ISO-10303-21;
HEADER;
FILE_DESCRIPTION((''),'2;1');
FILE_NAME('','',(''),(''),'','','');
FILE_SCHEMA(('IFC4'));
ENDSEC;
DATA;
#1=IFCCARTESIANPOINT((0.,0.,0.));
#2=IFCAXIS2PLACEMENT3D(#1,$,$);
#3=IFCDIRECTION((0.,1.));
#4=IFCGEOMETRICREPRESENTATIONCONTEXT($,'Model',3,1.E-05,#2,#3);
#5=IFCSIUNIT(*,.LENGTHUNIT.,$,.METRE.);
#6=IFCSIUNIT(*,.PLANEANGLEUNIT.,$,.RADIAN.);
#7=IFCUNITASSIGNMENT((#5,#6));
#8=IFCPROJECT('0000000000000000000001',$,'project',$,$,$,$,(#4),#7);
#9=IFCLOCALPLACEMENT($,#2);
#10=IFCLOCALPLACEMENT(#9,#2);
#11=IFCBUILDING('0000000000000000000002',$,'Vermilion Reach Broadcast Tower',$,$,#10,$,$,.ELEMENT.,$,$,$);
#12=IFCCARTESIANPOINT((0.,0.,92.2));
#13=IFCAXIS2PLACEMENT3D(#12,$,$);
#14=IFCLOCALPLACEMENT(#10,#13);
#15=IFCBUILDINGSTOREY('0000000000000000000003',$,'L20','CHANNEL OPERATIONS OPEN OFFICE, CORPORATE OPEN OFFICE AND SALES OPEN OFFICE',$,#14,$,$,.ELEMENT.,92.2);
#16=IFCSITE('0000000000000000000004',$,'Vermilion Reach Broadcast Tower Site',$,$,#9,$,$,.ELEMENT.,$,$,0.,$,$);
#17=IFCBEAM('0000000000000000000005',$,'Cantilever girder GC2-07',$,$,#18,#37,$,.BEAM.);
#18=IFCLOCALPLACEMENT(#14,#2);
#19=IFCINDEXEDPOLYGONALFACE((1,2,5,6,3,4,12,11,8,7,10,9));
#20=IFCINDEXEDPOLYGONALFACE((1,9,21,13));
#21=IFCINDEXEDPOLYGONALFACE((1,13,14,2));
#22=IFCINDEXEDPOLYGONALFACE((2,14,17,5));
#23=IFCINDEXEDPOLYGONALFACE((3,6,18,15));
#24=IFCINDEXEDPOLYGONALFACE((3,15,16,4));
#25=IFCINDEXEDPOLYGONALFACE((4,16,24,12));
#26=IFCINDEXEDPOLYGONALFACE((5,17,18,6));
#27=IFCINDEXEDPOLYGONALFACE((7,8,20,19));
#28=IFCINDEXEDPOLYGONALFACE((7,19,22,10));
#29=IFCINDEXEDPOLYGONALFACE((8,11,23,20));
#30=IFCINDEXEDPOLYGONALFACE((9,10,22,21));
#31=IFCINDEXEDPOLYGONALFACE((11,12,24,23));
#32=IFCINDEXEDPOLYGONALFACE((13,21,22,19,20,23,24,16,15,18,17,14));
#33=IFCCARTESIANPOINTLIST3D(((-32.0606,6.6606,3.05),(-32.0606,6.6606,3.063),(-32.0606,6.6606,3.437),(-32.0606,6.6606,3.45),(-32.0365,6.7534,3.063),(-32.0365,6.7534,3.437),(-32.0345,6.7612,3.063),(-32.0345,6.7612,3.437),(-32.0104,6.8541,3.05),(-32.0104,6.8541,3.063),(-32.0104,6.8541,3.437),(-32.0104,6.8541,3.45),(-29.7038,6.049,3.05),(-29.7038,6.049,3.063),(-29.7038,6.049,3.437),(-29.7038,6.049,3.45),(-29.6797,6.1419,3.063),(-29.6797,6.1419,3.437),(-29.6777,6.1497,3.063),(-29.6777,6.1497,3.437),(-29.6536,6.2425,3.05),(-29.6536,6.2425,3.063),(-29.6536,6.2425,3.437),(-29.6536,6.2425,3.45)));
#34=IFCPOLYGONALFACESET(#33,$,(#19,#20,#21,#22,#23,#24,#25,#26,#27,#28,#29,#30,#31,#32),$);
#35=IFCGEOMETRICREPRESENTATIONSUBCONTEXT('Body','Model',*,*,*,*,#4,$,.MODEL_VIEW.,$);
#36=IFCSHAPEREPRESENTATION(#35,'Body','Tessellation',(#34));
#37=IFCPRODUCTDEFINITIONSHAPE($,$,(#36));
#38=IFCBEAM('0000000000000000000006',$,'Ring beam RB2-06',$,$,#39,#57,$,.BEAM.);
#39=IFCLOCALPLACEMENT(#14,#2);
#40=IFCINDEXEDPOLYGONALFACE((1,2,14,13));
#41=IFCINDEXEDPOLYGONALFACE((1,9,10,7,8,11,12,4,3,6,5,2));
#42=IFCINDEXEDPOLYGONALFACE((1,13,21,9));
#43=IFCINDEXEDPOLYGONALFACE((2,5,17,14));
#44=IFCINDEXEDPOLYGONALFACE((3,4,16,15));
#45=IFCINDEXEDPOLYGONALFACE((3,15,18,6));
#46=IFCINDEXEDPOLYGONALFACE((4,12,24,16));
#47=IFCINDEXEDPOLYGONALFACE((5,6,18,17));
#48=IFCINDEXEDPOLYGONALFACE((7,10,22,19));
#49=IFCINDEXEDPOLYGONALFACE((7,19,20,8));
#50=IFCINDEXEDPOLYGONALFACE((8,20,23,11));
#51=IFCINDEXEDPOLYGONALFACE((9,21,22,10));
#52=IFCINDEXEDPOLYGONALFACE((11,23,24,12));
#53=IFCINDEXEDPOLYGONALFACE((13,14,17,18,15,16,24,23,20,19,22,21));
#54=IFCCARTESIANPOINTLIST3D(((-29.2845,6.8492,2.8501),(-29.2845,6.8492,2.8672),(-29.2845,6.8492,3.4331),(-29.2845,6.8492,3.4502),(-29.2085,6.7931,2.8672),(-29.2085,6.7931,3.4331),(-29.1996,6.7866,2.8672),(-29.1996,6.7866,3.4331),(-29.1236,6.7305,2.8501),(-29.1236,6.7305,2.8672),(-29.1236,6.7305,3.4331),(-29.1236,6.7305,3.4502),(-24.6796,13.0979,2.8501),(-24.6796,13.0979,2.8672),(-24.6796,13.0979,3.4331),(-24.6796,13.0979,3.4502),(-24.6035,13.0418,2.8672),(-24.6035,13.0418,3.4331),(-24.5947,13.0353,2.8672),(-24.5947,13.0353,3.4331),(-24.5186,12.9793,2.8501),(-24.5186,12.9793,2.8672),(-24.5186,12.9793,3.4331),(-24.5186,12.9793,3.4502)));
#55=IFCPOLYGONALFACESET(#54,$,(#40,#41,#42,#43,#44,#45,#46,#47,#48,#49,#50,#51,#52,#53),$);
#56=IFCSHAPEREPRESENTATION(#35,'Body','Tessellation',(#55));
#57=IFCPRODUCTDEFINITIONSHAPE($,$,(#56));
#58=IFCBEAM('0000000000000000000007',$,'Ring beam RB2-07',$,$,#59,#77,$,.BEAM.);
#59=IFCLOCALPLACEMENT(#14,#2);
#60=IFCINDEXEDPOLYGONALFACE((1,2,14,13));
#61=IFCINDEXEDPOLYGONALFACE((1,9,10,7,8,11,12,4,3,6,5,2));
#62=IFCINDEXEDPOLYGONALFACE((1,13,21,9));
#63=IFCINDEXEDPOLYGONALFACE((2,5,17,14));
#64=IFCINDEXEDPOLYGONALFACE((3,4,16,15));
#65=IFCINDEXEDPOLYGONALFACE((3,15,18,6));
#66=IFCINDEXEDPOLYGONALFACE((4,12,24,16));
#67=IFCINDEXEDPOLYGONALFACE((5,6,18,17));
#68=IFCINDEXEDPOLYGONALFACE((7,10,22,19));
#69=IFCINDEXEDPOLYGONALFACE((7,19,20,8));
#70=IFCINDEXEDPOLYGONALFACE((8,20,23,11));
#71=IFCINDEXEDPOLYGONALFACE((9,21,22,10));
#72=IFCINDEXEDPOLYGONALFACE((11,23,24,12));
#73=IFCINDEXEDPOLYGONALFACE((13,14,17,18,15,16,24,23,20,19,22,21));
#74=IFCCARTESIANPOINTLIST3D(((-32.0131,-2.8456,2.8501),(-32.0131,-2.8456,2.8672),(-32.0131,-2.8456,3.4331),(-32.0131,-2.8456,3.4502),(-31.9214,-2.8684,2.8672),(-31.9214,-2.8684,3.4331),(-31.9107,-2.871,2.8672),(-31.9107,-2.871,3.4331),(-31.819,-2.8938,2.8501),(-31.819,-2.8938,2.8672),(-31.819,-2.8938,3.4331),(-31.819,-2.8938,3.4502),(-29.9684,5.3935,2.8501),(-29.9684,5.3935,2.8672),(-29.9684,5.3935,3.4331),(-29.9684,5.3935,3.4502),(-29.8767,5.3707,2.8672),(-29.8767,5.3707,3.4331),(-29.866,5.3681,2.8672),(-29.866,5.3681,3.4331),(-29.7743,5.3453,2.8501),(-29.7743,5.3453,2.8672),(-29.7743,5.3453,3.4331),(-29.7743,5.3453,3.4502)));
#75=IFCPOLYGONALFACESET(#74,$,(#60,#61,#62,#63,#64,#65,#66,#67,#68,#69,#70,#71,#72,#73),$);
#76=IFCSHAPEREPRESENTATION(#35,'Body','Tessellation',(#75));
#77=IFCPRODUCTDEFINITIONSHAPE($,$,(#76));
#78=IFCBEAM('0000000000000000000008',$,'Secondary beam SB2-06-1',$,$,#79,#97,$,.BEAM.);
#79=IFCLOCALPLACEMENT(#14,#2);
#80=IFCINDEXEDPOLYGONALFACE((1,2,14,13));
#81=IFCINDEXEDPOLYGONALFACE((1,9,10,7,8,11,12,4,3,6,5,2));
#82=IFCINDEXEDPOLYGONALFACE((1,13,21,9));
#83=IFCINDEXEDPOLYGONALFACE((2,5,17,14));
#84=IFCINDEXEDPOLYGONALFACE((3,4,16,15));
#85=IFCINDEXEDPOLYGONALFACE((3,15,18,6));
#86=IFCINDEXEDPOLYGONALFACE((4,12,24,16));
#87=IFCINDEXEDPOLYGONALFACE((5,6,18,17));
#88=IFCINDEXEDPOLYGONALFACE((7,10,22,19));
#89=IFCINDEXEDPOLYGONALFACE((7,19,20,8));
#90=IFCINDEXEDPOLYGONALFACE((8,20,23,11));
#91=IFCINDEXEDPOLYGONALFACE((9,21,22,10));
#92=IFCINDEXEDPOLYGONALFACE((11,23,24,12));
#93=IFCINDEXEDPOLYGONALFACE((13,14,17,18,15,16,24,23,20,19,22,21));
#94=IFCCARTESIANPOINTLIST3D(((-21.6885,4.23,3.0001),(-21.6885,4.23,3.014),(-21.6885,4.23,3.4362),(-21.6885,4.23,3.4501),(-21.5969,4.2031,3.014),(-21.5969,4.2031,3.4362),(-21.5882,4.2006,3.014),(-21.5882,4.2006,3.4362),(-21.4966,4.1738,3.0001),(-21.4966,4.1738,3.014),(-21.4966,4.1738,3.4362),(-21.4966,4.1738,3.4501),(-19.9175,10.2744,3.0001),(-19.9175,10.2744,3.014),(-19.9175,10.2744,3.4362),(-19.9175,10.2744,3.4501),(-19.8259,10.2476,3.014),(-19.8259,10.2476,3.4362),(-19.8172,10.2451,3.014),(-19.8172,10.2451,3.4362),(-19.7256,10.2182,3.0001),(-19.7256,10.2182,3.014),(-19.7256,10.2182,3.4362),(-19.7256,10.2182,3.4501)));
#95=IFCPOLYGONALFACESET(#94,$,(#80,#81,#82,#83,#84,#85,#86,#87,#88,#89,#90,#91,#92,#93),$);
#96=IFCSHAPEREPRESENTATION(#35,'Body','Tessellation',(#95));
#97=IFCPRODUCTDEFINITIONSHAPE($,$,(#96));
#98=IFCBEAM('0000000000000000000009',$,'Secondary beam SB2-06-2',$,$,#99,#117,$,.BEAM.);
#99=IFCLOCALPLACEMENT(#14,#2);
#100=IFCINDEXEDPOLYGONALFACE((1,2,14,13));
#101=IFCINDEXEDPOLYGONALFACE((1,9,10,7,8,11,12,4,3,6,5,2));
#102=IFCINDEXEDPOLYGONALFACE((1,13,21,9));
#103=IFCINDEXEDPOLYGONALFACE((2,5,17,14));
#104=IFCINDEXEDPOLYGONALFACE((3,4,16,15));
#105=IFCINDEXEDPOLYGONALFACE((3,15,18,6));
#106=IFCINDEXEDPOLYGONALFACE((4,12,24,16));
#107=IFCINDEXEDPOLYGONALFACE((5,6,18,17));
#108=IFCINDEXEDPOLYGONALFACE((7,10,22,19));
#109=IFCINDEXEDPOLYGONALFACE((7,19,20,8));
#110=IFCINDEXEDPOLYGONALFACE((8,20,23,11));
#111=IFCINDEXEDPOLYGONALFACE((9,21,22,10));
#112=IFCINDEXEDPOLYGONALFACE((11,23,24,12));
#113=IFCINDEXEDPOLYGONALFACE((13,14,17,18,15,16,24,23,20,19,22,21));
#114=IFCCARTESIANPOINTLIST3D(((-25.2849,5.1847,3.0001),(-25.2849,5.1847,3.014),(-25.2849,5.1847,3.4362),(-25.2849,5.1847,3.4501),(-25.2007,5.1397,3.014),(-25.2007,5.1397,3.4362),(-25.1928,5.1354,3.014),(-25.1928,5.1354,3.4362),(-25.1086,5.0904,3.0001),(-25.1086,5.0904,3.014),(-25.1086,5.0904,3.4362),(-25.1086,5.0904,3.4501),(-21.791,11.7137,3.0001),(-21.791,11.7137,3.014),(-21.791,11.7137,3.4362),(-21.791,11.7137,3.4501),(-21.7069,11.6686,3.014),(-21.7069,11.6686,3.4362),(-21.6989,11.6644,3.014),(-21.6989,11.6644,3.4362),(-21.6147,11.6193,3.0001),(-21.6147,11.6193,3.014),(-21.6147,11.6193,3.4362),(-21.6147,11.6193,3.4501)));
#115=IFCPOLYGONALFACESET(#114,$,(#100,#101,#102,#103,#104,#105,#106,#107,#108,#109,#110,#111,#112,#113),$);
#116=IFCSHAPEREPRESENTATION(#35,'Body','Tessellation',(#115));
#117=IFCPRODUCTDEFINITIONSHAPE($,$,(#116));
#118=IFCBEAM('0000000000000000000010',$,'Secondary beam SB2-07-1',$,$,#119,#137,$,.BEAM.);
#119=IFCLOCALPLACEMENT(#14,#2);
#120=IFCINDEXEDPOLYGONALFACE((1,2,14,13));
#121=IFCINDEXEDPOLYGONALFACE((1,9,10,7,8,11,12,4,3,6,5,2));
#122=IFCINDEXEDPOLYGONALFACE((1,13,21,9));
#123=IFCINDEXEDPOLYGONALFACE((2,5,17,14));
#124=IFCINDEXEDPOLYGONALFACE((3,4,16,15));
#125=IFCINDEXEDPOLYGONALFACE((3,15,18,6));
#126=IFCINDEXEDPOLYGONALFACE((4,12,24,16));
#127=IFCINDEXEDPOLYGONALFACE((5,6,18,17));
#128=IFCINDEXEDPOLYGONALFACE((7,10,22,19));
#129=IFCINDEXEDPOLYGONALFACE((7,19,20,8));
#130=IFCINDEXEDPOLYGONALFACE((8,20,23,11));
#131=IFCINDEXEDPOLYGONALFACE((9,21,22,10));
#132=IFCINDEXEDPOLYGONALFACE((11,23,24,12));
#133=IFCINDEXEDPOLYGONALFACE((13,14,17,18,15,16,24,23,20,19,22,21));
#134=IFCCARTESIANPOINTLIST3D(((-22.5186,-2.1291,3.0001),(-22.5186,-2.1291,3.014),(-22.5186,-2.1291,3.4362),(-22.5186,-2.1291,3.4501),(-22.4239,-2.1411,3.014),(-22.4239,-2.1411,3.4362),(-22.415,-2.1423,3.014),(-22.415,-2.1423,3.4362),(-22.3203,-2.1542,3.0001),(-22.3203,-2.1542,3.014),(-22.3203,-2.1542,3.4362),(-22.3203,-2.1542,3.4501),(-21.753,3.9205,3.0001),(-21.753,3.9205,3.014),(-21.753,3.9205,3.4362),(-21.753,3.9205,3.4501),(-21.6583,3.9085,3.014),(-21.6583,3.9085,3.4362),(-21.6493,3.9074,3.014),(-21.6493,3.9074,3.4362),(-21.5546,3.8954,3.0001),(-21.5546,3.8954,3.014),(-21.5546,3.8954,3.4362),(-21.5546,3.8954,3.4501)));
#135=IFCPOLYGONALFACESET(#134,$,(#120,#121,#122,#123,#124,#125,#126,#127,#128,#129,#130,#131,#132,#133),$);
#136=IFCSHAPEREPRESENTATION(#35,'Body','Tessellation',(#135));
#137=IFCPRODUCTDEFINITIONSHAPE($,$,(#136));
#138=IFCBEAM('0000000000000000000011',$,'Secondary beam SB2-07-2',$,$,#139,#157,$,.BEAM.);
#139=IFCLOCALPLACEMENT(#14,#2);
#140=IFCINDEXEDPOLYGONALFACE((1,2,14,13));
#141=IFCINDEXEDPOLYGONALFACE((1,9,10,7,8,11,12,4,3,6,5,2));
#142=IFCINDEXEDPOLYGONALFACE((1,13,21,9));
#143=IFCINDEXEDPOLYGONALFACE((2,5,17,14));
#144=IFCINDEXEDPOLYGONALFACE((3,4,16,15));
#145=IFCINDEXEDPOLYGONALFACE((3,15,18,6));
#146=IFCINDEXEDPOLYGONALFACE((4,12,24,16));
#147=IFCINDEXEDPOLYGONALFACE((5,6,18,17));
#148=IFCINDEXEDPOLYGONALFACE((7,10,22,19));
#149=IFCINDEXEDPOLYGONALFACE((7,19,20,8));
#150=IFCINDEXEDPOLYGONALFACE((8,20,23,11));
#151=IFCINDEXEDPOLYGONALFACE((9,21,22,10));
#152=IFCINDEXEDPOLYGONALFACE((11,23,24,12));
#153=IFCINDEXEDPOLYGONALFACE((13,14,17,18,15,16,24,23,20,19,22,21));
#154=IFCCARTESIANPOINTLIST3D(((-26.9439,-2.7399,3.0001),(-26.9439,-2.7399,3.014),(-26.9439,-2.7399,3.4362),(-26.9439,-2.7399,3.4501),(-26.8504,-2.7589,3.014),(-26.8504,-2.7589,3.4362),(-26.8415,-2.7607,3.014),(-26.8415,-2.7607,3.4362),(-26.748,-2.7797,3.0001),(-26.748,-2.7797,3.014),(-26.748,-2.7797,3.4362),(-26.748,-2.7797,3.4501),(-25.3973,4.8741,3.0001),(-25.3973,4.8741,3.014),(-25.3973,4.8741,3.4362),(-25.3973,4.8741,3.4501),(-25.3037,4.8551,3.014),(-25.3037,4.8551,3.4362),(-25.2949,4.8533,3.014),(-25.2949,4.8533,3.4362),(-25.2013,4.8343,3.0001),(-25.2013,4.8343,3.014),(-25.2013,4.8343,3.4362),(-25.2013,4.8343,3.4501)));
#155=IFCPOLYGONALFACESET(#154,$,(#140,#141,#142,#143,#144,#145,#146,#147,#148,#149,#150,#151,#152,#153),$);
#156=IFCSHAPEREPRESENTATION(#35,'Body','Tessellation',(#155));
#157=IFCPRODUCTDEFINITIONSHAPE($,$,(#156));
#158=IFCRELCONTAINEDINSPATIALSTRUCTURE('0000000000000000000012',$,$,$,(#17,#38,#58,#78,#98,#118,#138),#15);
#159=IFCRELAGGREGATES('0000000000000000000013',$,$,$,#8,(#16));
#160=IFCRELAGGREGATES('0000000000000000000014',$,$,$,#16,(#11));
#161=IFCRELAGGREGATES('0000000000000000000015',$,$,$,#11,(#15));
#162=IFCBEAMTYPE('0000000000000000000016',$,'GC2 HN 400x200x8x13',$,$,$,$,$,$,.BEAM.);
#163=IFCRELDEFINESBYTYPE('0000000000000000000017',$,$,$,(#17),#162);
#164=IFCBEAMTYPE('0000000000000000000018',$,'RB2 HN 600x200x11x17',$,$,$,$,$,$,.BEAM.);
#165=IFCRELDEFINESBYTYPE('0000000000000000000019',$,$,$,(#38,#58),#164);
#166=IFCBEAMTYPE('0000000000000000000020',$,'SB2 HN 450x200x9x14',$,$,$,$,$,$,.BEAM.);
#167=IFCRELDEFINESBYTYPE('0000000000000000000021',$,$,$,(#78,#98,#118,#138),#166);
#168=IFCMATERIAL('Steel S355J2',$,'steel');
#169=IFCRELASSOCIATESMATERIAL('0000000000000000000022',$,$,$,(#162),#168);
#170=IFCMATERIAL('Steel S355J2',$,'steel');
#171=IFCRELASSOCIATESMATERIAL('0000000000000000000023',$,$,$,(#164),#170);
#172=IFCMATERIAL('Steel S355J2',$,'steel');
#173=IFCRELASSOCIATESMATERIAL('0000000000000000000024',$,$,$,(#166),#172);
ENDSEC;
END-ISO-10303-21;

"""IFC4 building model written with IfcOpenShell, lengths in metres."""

from ifc_helpers import new_model, si_unit, direction, frame, origin, origin_2d, place, context, subcontext, project, spatial, i_section, extrude, material, material_profile, profile_set, type_object, element, save


model = new_model("IFC4")

# Units and contexts
model_context = context("Model", 3, precision=1e-05, world=origin(), true_north=direction((0.0, 1.0)))
body_context = subcontext(model_context, "Body", "Model", "MODEL_VIEW")
ifc_project = project(units=[si_unit("LENGTHUNIT", "METRE"), si_unit("PLANEANGLEUNIT", "RADIAN")], contexts=[model_context])

# Site, building, storey
site_placement = place(None, origin())
site = spatial("IfcSite", under=ifc_project, at=site_placement, Name="Vermilion Reach Broadcast Tower Site", CompositionType="ELEMENT", RefElevation=0.0)
building_placement = place(site_placement, origin())
building = spatial("IfcBuilding", under=site, at=building_placement, Name="Vermilion Reach Broadcast Tower", CompositionType="ELEMENT")
storey_placement = place(building_placement, frame((0.0, 0.0, 92.2)))
storey = spatial("IfcBuildingStorey", under=building, at=storey_placement, Name="L20", Description="CHANNEL OPERATIONS OPEN OFFICE, CORPORATE OPEN OFFICE AND SALES OPEN OFFICE", CompositionType="ELEMENT", Elevation=92.2)

# Beams
ifc_material_1 = material(Name="Steel S355J2", Category="steel")
ifc_material_profile_1 = material_profile(ifc_material_1, i_section(OverallWidth=0.2, OverallDepth=0.3999, WebThickness=0.0081, FlangeThickness=0.0129, at=origin_2d()), Name="S355J2 HN 400x200x8x13")
ifc_profile_set_1 = profile_set([ifc_material_profile_1], Name="Steel S355J2")
beam_type_1 = type_object("IfcBeamType", Name="GC2 HN 400x200x8x13", PredefinedType="BEAM", material=ifc_profile_set_1)
beam_1_placement = place(storey_placement, frame((-29.6787, 6.1458, 3.25), z_axis=(-0.967939, 0.251185, 0.0), x_axis=(-0.251185, -0.967939, 0.0)))
element("IfcBeam", 1, at=beam_1_placement, inside=storey, type_object=beam_type_1, Name="Cantilever girder GC2-07", PredefinedType="BEAM", context=body_context, shape_type="SweptSolid", body=[
    extrude(i_section(OverallWidth=0.2, OverallDepth=0.3999, WebThickness=0.0081, FlangeThickness=0.0129, at=origin_2d()), origin(), (0.0, 0.0, 1.0), 2.4348),
])
ifc_material_2 = material(Name="Steel S355J2", Category="steel")
ifc_material_profile_2 = material_profile(ifc_material_2, i_section(OverallWidth=0.2, OverallDepth=0.6001, WebThickness=0.011, FlangeThickness=0.0171, at=origin_2d()), Name="S355J2 HN 600x200x11x17")
ifc_profile_set_2 = profile_set([ifc_material_profile_2], Name="Steel S355J2")
beam_type_2 = type_object("IfcBeamType", Name="RB2 HN 600x200x11x17", PredefinedType="BEAM", material=ifc_profile_set_2)
beam_2_placement = place(storey_placement, frame((-24.5991, 13.0386, 3.1501), z_axis=(-0.593251, -0.805018, 0.0), x_axis=(0.805018, -0.593251, 0.0)))
element("IfcBeam", 2, at=beam_2_placement, inside=storey, type_object=beam_type_2, Name="Ring beam RB2-06", PredefinedType="BEAM", context=body_context, shape_type="SweptSolid", body=[
    extrude(i_section(OverallWidth=0.2, OverallDepth=0.6001, WebThickness=0.011, FlangeThickness=0.0171, at=origin_2d()), origin(), (0.0, 0.0, 1.0), 7.7622),
])
beam_3_placement = place(storey_placement, frame((-29.8713, 5.3694, 3.1501), z_axis=(-0.240864, -0.970559, 0.0), x_axis=(0.970559, -0.240864, 0.0)))
element("IfcBeam", 3, at=beam_3_placement, inside=storey, type_object=beam_type_2, Name="Ring beam RB2-07", PredefinedType="BEAM", context=body_context, shape_type="SweptSolid", body=[
    extrude(i_section(OverallWidth=0.2, OverallDepth=0.6001, WebThickness=0.011, FlangeThickness=0.0171, at=origin_2d()), origin(), (0.0, 0.0, 1.0), 8.489),
])
ifc_material_3 = material(Name="Steel S355J2", Category="steel")
ifc_material_profile_3 = material_profile(ifc_material_3, i_section(OverallWidth=0.2, OverallDepth=0.45, WebThickness=0.009, FlangeThickness=0.0139, at=origin_2d()), Name="S355J2 HN 450x200x9x14")
ifc_profile_set_3 = profile_set([ifc_material_profile_3], Name="Steel S355J2")
beam_type_3 = type_object("IfcBeamType", Name="SB2 HN 450x200x9x14", PredefinedType="BEAM", material=ifc_profile_set_3)
beam_4_placement = place(storey_placement, frame((-19.8215, 10.2463, 3.2251), z_axis=(-0.281176, -0.959656, 0.0), x_axis=(0.959656, -0.281176, 0.0)))
element("IfcBeam", 4, at=beam_4_placement, inside=storey, type_object=beam_type_3, Name="Secondary beam SB2-06-1", PredefinedType="BEAM", context=body_context, shape_type="SweptSolid", body=[
    extrude(i_section(OverallWidth=0.2, OverallDepth=0.45, WebThickness=0.009, FlangeThickness=0.0139, at=origin_2d()), origin(), (0.0, 0.0, 1.0), 6.2986),
])
beam_5_placement = place(storey_placement, frame((-21.7029, 11.6665, 3.2251), z_axis=(-0.471822, -0.881694, 0.0), x_axis=(0.881694, -0.471822, 0.0)))
element("IfcBeam", 5, at=beam_5_placement, inside=storey, type_object=beam_type_3, Name="Secondary beam SB2-06-2", PredefinedType="BEAM", context=body_context, shape_type="SweptSolid", body=[
    extrude(i_section(OverallWidth=0.2, OverallDepth=0.45, WebThickness=0.009, FlangeThickness=0.0139, at=origin_2d()), origin(), (0.0, 0.0, 1.0), 7.405),
])
beam_6_placement = place(storey_placement, frame((-21.6538, 3.908, 3.2251), z_axis=(-0.125557, -0.992086, 0.0), x_axis=(0.992086, -0.125557, 0.0)))
element("IfcBeam", 6, at=beam_6_placement, inside=storey, type_object=beam_type_3, Name="Secondary beam SB2-07-1", PredefinedType="BEAM", context=body_context, shape_type="SweptSolid", body=[
    extrude(i_section(OverallWidth=0.2, OverallDepth=0.45, WebThickness=0.009, FlangeThickness=0.0139, at=origin_2d()), origin(), (0.0, 0.0, 1.0), 6.0979),
])
beam_7_placement = place(storey_placement, frame((-25.2993, 4.8542, 3.2251), z_axis=(-0.199064, -0.979986, 0.0), x_axis=(0.979986, -0.199064, 0.0)))
element("IfcBeam", 7, at=beam_7_placement, inside=storey, type_object=beam_type_3, Name="Secondary beam SB2-07-2", PredefinedType="BEAM", context=body_context, shape_type="SweptSolid", body=[
    extrude(i_section(OverallWidth=0.2, OverallDepth=0.45, WebThickness=0.009, FlangeThickness=0.0139, at=origin_2d()), origin(), (0.0, 0.0, 1.0), 7.7695),
])

save(model, "model.ifc")
